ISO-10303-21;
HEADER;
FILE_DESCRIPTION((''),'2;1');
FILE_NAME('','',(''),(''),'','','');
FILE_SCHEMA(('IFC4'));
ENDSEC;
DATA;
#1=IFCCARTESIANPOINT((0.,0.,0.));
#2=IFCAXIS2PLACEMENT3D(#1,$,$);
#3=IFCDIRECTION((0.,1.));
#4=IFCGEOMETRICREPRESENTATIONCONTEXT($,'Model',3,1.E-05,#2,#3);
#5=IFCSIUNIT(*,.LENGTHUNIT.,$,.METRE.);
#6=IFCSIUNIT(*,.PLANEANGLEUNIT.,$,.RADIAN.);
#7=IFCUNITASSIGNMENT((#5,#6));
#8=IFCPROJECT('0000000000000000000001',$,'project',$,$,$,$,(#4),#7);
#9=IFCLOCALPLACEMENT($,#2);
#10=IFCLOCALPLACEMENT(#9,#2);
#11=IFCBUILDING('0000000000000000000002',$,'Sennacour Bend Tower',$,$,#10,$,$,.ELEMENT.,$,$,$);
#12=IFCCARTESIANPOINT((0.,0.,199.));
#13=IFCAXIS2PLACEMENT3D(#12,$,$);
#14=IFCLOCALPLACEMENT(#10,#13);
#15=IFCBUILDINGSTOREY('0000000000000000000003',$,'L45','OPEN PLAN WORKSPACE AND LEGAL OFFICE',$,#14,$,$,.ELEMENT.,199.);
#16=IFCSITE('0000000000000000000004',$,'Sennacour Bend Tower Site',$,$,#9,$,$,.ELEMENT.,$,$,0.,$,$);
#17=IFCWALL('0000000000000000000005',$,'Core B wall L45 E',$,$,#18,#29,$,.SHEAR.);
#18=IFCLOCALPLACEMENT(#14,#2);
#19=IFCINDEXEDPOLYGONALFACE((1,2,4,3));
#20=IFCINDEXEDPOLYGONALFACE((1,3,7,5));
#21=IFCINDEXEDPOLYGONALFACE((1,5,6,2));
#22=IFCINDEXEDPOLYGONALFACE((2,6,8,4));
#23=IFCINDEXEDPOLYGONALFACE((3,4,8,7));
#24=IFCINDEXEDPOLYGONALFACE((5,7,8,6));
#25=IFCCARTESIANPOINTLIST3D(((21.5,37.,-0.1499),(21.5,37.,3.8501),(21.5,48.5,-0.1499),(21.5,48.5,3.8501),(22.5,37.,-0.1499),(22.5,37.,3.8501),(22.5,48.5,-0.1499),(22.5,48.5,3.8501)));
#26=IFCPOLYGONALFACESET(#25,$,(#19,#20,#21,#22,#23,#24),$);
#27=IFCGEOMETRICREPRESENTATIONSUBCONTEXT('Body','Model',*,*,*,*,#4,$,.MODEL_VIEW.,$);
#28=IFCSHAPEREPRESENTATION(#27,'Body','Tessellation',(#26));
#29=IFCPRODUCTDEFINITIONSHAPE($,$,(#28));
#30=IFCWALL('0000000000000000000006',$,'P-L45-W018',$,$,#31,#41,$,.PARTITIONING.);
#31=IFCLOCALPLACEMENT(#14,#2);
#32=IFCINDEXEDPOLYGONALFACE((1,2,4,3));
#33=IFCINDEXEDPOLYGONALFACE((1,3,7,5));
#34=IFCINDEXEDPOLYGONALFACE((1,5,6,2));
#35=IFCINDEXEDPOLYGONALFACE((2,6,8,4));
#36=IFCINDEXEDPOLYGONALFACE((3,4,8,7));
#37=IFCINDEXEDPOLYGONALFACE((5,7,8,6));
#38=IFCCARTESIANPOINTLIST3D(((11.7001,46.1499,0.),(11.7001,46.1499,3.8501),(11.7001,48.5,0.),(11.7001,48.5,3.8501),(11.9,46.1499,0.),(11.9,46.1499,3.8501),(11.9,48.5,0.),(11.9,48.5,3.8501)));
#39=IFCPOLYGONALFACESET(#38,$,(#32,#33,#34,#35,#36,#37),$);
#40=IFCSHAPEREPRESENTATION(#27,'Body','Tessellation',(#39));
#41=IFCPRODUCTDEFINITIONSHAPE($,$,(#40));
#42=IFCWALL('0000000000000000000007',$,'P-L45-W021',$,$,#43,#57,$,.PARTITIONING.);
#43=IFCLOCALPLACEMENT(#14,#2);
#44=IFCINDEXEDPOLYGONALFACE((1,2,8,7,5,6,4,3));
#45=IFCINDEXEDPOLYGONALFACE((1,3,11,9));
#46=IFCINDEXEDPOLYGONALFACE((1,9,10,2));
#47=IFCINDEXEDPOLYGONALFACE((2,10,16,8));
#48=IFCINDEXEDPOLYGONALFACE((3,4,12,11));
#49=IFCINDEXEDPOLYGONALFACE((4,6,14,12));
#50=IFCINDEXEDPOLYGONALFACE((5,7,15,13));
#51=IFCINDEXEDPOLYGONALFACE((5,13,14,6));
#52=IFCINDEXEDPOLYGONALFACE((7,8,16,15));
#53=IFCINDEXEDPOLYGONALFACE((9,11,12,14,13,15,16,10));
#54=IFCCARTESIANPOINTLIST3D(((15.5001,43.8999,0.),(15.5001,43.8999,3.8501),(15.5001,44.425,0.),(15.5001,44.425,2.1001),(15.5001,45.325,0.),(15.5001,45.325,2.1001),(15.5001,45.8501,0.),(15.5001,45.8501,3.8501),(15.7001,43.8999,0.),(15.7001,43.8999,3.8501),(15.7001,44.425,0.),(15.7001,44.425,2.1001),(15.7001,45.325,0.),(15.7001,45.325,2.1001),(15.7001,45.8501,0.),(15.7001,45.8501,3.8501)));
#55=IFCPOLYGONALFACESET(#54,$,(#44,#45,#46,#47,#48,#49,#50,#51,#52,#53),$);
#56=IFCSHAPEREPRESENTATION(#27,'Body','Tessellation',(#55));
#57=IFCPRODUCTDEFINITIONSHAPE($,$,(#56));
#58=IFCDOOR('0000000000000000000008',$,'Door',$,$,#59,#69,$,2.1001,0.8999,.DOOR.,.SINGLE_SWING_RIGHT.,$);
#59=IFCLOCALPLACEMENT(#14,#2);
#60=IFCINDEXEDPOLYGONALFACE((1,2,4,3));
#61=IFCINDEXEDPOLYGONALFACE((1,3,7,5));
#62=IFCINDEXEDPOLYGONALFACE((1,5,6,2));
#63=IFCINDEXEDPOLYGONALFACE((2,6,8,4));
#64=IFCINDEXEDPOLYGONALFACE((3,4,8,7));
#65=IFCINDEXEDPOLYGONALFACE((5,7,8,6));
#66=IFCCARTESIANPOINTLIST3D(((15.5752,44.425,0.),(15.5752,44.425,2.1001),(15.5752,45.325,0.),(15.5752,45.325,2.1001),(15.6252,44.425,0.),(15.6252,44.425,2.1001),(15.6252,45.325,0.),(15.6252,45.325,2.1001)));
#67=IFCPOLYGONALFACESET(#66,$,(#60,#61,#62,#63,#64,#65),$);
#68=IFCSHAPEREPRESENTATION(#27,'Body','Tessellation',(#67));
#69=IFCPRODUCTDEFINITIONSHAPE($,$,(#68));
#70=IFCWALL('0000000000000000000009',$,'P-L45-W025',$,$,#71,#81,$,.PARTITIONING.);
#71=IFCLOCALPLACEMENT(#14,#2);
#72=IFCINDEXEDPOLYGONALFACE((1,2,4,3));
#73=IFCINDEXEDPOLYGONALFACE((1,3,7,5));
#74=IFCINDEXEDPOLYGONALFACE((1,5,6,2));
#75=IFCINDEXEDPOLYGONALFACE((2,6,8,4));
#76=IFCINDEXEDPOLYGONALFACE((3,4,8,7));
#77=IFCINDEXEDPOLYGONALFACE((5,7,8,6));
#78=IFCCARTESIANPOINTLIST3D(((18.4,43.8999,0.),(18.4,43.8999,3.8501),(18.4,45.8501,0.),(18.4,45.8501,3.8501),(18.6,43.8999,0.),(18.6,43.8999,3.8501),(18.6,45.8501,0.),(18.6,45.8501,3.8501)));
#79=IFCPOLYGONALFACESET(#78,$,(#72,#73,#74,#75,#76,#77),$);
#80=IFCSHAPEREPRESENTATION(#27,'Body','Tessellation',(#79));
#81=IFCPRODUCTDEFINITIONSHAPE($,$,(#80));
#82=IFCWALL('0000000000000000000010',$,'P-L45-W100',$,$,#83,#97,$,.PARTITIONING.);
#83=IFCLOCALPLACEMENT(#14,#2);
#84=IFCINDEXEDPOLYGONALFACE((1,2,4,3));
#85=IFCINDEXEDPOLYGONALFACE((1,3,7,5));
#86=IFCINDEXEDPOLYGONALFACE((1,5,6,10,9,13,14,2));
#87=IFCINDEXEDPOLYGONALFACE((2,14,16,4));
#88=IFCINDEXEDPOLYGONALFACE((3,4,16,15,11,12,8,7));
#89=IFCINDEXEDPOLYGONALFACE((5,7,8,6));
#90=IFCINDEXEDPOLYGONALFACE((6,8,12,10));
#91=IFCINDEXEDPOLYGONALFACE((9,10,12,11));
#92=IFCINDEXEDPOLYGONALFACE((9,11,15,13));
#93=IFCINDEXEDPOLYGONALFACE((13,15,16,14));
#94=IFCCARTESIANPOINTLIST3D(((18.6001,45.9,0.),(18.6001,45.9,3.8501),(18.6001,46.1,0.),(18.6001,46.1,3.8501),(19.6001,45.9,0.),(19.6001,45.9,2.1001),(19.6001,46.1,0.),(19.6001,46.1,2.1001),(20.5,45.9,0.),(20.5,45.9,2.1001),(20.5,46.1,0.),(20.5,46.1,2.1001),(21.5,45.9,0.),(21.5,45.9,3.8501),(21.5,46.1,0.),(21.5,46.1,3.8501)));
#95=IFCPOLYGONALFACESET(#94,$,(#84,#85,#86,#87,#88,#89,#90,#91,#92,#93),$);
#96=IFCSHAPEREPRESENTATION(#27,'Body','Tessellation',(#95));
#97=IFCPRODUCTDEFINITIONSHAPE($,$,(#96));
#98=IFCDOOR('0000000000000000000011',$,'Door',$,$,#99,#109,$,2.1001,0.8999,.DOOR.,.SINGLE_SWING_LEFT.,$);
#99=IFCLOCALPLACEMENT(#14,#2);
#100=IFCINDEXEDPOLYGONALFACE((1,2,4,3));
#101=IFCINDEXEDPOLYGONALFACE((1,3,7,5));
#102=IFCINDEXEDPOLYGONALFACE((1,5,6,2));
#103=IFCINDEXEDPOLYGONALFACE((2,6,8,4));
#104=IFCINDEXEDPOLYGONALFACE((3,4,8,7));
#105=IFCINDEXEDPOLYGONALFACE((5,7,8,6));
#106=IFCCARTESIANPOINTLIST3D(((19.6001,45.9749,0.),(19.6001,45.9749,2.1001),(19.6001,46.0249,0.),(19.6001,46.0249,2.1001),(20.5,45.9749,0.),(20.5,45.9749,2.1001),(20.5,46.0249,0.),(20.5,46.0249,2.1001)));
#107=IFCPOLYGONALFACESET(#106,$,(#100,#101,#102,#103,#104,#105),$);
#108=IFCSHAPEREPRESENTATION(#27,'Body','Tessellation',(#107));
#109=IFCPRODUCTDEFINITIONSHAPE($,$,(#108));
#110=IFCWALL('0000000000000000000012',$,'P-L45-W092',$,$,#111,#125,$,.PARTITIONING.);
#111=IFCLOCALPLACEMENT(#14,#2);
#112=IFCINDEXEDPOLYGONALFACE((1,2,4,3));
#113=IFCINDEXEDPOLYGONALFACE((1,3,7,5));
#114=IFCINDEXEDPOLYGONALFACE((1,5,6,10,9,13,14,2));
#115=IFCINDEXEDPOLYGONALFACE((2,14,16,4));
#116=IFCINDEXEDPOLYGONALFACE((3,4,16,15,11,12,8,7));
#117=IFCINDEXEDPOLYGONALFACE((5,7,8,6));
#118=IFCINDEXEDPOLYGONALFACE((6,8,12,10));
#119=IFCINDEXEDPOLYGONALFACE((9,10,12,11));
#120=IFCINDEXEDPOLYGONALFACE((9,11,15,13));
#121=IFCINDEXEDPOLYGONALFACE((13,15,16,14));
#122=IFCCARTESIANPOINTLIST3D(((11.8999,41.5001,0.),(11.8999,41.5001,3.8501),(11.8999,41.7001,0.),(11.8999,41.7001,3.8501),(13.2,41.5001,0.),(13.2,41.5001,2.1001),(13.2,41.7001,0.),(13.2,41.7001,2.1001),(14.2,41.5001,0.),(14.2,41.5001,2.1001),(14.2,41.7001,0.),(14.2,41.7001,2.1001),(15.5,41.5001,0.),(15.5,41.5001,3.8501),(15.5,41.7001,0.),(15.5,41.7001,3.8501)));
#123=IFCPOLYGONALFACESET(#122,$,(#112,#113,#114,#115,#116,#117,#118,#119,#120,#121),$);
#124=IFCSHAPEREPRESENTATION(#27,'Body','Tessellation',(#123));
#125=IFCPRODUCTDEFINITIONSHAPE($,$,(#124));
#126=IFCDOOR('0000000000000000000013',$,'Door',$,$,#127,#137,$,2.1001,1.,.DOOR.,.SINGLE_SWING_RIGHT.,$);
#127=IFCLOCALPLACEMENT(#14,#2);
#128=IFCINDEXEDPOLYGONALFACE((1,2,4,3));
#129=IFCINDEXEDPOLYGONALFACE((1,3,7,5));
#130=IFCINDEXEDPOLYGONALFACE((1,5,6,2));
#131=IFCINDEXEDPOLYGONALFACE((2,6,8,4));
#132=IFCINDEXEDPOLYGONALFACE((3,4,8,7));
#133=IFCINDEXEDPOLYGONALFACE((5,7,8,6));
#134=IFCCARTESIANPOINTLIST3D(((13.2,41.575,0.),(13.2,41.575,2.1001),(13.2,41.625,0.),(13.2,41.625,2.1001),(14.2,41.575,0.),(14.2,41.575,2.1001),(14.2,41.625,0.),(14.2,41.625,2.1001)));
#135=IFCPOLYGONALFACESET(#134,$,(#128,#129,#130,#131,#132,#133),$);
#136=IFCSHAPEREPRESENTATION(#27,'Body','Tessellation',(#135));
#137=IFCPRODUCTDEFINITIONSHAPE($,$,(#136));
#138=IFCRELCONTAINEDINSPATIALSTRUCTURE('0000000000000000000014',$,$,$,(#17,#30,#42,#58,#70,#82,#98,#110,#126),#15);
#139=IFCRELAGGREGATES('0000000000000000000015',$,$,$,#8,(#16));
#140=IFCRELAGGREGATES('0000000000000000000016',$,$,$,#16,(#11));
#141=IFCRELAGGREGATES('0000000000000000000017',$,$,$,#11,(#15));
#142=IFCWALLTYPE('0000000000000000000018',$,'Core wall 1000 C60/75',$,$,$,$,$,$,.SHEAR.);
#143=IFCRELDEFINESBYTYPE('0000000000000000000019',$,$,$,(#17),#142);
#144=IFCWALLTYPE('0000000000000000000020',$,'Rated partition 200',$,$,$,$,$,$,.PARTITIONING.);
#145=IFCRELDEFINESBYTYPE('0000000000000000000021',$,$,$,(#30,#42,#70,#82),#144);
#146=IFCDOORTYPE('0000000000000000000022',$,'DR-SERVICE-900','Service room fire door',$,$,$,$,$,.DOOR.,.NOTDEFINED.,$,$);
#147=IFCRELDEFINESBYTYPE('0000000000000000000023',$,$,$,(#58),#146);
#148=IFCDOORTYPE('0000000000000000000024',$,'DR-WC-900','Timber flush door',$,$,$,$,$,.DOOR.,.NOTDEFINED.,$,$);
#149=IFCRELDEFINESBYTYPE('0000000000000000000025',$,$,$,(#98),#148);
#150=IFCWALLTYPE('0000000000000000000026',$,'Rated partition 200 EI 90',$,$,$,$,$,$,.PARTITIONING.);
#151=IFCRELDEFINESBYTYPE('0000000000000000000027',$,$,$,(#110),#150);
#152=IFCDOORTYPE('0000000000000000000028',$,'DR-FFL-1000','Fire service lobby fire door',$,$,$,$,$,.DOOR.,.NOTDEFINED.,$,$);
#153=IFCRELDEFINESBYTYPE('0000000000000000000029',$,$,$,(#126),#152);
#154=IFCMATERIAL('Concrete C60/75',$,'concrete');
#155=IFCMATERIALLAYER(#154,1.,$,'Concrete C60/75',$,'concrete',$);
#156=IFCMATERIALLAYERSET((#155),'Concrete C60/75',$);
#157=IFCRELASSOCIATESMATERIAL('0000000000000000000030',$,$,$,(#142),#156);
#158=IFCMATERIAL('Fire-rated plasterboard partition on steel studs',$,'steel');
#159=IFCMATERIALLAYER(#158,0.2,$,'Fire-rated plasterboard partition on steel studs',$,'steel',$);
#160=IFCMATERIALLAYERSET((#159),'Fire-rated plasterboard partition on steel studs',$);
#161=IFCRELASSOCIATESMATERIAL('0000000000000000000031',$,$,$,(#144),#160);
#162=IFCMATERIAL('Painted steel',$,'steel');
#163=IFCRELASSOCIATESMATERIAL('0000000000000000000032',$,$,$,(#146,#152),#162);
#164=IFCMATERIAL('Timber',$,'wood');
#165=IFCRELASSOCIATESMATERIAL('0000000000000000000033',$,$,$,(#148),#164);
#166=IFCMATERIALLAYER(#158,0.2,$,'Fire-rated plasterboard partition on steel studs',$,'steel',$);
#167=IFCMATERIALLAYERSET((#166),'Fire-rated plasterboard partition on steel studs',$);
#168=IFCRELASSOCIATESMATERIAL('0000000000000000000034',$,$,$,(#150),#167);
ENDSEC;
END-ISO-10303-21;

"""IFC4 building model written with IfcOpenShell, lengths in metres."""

from ifc_helpers import new_model, si_unit, direction, frame, frame_2d, origin, place, context, subcontext, project, spatial, rectangle, extrude, material, layer, layer_set, type_object, element, fill, save


model = new_model("IFC4")

# Units and contexts
model_context = context("Model", 3, precision=1e-05, world=origin(), true_north=direction((0.0, 1.0)))
body_context = subcontext(model_context, "Body", "Model", "MODEL_VIEW")
ifc_project = project(units=[si_unit("LENGTHUNIT", "METRE"), si_unit("PLANEANGLEUNIT", "RADIAN")], contexts=[model_context])

# Site, building, storey
site_placement = place(None, origin())
site = spatial("IfcSite", under=ifc_project, at=site_placement, Name="Sennacour Bend Tower Site", CompositionType="ELEMENT", RefElevation=0.0)
building_placement = place(site_placement, origin())
building = spatial("IfcBuilding", under=site, at=building_placement, Name="Sennacour Bend Tower", CompositionType="ELEMENT")
storey_placement = place(building_placement, frame((0.0, 0.0, 199.0)))
storey = spatial("IfcBuildingStorey", under=building, at=storey_placement, Name="L45", Description="OPEN PLAN WORKSPACE AND LEGAL OFFICE", CompositionType="ELEMENT", Elevation=199.0)

# Walls
ifc_material_1 = material(Name="Concrete C60/75", Category="concrete")
ifc_layer_1 = layer(ifc_material_1, 1.0, Name="Concrete C60/75", Category="concrete")
ifc_layer_set_1 = layer_set([ifc_layer_1], Name="Concrete C60/75")
wall_type_1 = type_object("IfcWallType", Name="Core wall 1000 C60/75", PredefinedType="SHEAR", material=ifc_layer_set_1)
wall_1_placement = place(storey_placement, frame((22.0, 37.0, -0.1499), z_axis=(0.0, 0.0, 1.0), x_axis=(0.0, 1.0, 0.0)))
element("IfcWall", 1, at=wall_1_placement, inside=storey, type_object=wall_type_1, Name="Core B wall L45 E", PredefinedType="SHEAR", context=body_context, shape_type="SweptSolid", body=[
    extrude(rectangle(XDim=11.5, YDim=1.0, at=frame_2d((5.75, 0.0))), origin(), (0.0, 0.0, 1.0), 4.0),
])
ifc_material_2 = material(Name="Fire-rated plasterboard partition on steel studs", Category="steel")
ifc_layer_2 = layer(ifc_material_2, 0.2, Name="Fire-rated plasterboard partition on steel studs", Category="steel")
ifc_layer_set_2 = layer_set([ifc_layer_2], Name="Fire-rated plasterboard partition on steel studs")
wall_type_2 = type_object("IfcWallType", Name="Rated partition 200", PredefinedType="PARTITIONING", material=ifc_layer_set_2)
wall_2_placement = place(storey_placement, frame((11.8, 46.1499, 0.0), z_axis=(0.0, 0.0, 1.0), x_axis=(0.0, 1.0, 0.0)))
element("IfcWall", 2, at=wall_2_placement, inside=storey, type_object=wall_type_2, Name="P-L45-W018", PredefinedType="PARTITIONING", context=body_context, shape_type="SweptSolid", body=[
    extrude(rectangle(XDim=2.3501, YDim=0.2, at=frame_2d((1.175, 0.0))), origin(), (0.0, 0.0, 1.0), 3.8501),
])

# Wall, opening, door
wall_3_placement = place(storey_placement, frame((15.6001, 43.8999, 0.0), z_axis=(0.0, 0.0, 1.0), x_axis=(0.0, 1.0, 0.0)))
wall_3 = element("IfcWall", 3, at=wall_3_placement, inside=storey, type_object=wall_type_2, Name="P-L45-W021", PredefinedType="PARTITIONING", context=body_context, shape_type="SweptSolid", body=[
    extrude(rectangle(XDim=1.9502, YDim=0.2, at=frame_2d((0.9751, 0.0))), origin(), (0.0, 0.0, 1.0), 3.8501),
])
opening_1_placement = place(wall_3_placement, frame((0.5251, 0.0, 0.0)))
opening_1 = element("IfcOpeningElement", 4, at=opening_1_placement, cuts=wall_3, PredefinedType="OPENING", context=body_context, shape_type="SweptSolid", body=[
    extrude(rectangle(XDim=0.8999, YDim=2.1001, at=frame_2d((0.45, 1.05))), frame((0.0, 0.1099, 0.0), z_axis=(0.0, -1.0, 0.0), x_axis=(1.0, 0.0, 0.0)), (0.0, 0.0, 1.0), 0.22),
])
ifc_material_3 = material(Name="Painted steel", Category="steel")
door_type_1 = type_object("IfcDoorType", Name="DR-SERVICE-900", Description="Service room fire door", OperationType="NOTDEFINED", PredefinedType="DOOR", material=ifc_material_3)
door_1_placement = place(opening_1_placement, origin())
door_1 = element("IfcDoor", 5, at=door_1_placement, inside=storey, type_object=door_type_1, Name="Door", OperationType="SINGLE_SWING_RIGHT", OverallHeight=2.1001, OverallWidth=0.8999, PredefinedType="DOOR", context=body_context, shape_type="SweptSolid", body=[
    extrude(rectangle(XDim=0.8999, YDim=2.1001, at=frame_2d((0.45, 1.05))), frame((0.0, 0.0249, 0.0), z_axis=(0.0, -1.0, 0.0), x_axis=(1.0, 0.0, 0.0)), (0.0, 0.0, 1.0), 0.05),
])
fill(opening_1, door_1)

# Wall
wall_4_placement = place(storey_placement, frame((18.5, 43.8999, 0.0), z_axis=(0.0, 0.0, 1.0), x_axis=(0.0, 1.0, 0.0)))
element("IfcWall", 6, at=wall_4_placement, inside=storey, type_object=wall_type_2, Name="P-L45-W025", PredefinedType="PARTITIONING", context=body_context, shape_type="SweptSolid", body=[
    extrude(rectangle(XDim=1.9502, YDim=0.2, at=frame_2d((0.9751, 0.0))), origin(), (0.0, 0.0, 1.0), 3.8501),
])

# Walls, openings, doors
wall_5_placement = place(storey_placement, frame((18.6001, 46.0, 0.0), z_axis=(0.0, 0.0, 1.0), x_axis=(1.0, 0.0, 0.0)))
wall_5 = element("IfcWall", 7, at=wall_5_placement, inside=storey, type_object=wall_type_2, Name="P-L45-W100", PredefinedType="PARTITIONING", context=body_context, shape_type="SweptSolid", body=[
    extrude(rectangle(XDim=2.8999, YDim=0.2, at=frame_2d((1.45, 0.0))), origin(), (0.0, 0.0, 1.0), 3.8501),
])
opening_2_placement = place(wall_5_placement, frame((1.0, 0.0, 0.0)))
opening_2 = element("IfcOpeningElement", 8, at=opening_2_placement, cuts=wall_5, PredefinedType="OPENING", context=body_context, shape_type="SweptSolid", body=[
    extrude(rectangle(XDim=0.8999, YDim=2.1001, at=frame_2d((0.45, 1.05))), frame((0.0, 0.1099, 0.0), z_axis=(0.0, -1.0, 0.0), x_axis=(1.0, 0.0, 0.0)), (0.0, 0.0, 1.0), 0.22),
])
ifc_material_4 = material(Name="Timber", Category="wood")
door_type_2 = type_object("IfcDoorType", Name="DR-WC-900", Description="Timber flush door", OperationType="NOTDEFINED", PredefinedType="DOOR", material=ifc_material_4)
door_2_placement = place(opening_2_placement, origin())
door_2 = element("IfcDoor", 9, at=door_2_placement, inside=storey, type_object=door_type_2, Name="Door", OperationType="SINGLE_SWING_LEFT", OverallHeight=2.1001, OverallWidth=0.8999, PredefinedType="DOOR", context=body_context, shape_type="SweptSolid", body=[
    extrude(rectangle(XDim=0.8999, YDim=2.1001, at=frame_2d((0.45, 1.05))), frame((0.0, 0.0249, 0.0), z_axis=(0.0, -1.0, 0.0), x_axis=(1.0, 0.0, 0.0)), (0.0, 0.0, 1.0), 0.05),
])
fill(opening_2, door_2)
ifc_layer_3 = layer(ifc_material_2, 0.2, Name="Fire-rated plasterboard partition on steel studs", Category="steel")
ifc_layer_set_3 = layer_set([ifc_layer_3], Name="Fire-rated plasterboard partition on steel studs")
wall_type_3 = type_object("IfcWallType", Name="Rated partition 200 EI 90", PredefinedType="PARTITIONING", material=ifc_layer_set_3)
wall_6_placement = place(storey_placement, frame((11.8999, 41.6001, 0.0), z_axis=(0.0, 0.0, 1.0), x_axis=(1.0, 0.0, 0.0)))
wall_6 = element("IfcWall", 10, at=wall_6_placement, inside=storey, type_object=wall_type_3, Name="P-L45-W092", PredefinedType="PARTITIONING", context=body_context, shape_type="SweptSolid", body=[
    extrude(rectangle(XDim=3.6001, YDim=0.2, at=frame_2d((1.8, 0.0))), origin(), (0.0, 0.0, 1.0), 3.8501),
])
opening_3_placement = place(wall_6_placement, frame((1.3, 0.0, 0.0)))
opening_3 = element("IfcOpeningElement", 11, at=opening_3_placement, cuts=wall_6, PredefinedType="OPENING", context=body_context, shape_type="SweptSolid", body=[
    extrude(rectangle(XDim=1.0, YDim=2.1001, at=frame_2d((0.5, 1.05))), frame((0.0, 0.1099, 0.0), z_axis=(0.0, -1.0, 0.0), x_axis=(1.0, 0.0, 0.0)), (0.0, 0.0, 1.0), 0.22),
])
door_type_3 = type_object("IfcDoorType", Name="DR-FFL-1000", Description="Fire service lobby fire door", OperationType="NOTDEFINED", PredefinedType="DOOR", material=ifc_material_3)
door_3_placement = place(opening_3_placement, origin())
door_3 = element("IfcDoor", 12, at=door_3_placement, inside=storey, type_object=door_type_3, Name="Door", OperationType="SINGLE_SWING_RIGHT", OverallHeight=2.1001, OverallWidth=1.0, PredefinedType="DOOR", context=body_context, shape_type="SweptSolid", body=[
    extrude(rectangle(XDim=1.0, YDim=2.1001, at=frame_2d((0.5, 1.05))), frame((0.0, 0.0249, 0.0), z_axis=(0.0, -1.0, 0.0), x_axis=(1.0, 0.0, 0.0)), (0.0, 0.0, 1.0), 0.05),
])
fill(opening_3, door_3)

save(model, "model.ifc")
